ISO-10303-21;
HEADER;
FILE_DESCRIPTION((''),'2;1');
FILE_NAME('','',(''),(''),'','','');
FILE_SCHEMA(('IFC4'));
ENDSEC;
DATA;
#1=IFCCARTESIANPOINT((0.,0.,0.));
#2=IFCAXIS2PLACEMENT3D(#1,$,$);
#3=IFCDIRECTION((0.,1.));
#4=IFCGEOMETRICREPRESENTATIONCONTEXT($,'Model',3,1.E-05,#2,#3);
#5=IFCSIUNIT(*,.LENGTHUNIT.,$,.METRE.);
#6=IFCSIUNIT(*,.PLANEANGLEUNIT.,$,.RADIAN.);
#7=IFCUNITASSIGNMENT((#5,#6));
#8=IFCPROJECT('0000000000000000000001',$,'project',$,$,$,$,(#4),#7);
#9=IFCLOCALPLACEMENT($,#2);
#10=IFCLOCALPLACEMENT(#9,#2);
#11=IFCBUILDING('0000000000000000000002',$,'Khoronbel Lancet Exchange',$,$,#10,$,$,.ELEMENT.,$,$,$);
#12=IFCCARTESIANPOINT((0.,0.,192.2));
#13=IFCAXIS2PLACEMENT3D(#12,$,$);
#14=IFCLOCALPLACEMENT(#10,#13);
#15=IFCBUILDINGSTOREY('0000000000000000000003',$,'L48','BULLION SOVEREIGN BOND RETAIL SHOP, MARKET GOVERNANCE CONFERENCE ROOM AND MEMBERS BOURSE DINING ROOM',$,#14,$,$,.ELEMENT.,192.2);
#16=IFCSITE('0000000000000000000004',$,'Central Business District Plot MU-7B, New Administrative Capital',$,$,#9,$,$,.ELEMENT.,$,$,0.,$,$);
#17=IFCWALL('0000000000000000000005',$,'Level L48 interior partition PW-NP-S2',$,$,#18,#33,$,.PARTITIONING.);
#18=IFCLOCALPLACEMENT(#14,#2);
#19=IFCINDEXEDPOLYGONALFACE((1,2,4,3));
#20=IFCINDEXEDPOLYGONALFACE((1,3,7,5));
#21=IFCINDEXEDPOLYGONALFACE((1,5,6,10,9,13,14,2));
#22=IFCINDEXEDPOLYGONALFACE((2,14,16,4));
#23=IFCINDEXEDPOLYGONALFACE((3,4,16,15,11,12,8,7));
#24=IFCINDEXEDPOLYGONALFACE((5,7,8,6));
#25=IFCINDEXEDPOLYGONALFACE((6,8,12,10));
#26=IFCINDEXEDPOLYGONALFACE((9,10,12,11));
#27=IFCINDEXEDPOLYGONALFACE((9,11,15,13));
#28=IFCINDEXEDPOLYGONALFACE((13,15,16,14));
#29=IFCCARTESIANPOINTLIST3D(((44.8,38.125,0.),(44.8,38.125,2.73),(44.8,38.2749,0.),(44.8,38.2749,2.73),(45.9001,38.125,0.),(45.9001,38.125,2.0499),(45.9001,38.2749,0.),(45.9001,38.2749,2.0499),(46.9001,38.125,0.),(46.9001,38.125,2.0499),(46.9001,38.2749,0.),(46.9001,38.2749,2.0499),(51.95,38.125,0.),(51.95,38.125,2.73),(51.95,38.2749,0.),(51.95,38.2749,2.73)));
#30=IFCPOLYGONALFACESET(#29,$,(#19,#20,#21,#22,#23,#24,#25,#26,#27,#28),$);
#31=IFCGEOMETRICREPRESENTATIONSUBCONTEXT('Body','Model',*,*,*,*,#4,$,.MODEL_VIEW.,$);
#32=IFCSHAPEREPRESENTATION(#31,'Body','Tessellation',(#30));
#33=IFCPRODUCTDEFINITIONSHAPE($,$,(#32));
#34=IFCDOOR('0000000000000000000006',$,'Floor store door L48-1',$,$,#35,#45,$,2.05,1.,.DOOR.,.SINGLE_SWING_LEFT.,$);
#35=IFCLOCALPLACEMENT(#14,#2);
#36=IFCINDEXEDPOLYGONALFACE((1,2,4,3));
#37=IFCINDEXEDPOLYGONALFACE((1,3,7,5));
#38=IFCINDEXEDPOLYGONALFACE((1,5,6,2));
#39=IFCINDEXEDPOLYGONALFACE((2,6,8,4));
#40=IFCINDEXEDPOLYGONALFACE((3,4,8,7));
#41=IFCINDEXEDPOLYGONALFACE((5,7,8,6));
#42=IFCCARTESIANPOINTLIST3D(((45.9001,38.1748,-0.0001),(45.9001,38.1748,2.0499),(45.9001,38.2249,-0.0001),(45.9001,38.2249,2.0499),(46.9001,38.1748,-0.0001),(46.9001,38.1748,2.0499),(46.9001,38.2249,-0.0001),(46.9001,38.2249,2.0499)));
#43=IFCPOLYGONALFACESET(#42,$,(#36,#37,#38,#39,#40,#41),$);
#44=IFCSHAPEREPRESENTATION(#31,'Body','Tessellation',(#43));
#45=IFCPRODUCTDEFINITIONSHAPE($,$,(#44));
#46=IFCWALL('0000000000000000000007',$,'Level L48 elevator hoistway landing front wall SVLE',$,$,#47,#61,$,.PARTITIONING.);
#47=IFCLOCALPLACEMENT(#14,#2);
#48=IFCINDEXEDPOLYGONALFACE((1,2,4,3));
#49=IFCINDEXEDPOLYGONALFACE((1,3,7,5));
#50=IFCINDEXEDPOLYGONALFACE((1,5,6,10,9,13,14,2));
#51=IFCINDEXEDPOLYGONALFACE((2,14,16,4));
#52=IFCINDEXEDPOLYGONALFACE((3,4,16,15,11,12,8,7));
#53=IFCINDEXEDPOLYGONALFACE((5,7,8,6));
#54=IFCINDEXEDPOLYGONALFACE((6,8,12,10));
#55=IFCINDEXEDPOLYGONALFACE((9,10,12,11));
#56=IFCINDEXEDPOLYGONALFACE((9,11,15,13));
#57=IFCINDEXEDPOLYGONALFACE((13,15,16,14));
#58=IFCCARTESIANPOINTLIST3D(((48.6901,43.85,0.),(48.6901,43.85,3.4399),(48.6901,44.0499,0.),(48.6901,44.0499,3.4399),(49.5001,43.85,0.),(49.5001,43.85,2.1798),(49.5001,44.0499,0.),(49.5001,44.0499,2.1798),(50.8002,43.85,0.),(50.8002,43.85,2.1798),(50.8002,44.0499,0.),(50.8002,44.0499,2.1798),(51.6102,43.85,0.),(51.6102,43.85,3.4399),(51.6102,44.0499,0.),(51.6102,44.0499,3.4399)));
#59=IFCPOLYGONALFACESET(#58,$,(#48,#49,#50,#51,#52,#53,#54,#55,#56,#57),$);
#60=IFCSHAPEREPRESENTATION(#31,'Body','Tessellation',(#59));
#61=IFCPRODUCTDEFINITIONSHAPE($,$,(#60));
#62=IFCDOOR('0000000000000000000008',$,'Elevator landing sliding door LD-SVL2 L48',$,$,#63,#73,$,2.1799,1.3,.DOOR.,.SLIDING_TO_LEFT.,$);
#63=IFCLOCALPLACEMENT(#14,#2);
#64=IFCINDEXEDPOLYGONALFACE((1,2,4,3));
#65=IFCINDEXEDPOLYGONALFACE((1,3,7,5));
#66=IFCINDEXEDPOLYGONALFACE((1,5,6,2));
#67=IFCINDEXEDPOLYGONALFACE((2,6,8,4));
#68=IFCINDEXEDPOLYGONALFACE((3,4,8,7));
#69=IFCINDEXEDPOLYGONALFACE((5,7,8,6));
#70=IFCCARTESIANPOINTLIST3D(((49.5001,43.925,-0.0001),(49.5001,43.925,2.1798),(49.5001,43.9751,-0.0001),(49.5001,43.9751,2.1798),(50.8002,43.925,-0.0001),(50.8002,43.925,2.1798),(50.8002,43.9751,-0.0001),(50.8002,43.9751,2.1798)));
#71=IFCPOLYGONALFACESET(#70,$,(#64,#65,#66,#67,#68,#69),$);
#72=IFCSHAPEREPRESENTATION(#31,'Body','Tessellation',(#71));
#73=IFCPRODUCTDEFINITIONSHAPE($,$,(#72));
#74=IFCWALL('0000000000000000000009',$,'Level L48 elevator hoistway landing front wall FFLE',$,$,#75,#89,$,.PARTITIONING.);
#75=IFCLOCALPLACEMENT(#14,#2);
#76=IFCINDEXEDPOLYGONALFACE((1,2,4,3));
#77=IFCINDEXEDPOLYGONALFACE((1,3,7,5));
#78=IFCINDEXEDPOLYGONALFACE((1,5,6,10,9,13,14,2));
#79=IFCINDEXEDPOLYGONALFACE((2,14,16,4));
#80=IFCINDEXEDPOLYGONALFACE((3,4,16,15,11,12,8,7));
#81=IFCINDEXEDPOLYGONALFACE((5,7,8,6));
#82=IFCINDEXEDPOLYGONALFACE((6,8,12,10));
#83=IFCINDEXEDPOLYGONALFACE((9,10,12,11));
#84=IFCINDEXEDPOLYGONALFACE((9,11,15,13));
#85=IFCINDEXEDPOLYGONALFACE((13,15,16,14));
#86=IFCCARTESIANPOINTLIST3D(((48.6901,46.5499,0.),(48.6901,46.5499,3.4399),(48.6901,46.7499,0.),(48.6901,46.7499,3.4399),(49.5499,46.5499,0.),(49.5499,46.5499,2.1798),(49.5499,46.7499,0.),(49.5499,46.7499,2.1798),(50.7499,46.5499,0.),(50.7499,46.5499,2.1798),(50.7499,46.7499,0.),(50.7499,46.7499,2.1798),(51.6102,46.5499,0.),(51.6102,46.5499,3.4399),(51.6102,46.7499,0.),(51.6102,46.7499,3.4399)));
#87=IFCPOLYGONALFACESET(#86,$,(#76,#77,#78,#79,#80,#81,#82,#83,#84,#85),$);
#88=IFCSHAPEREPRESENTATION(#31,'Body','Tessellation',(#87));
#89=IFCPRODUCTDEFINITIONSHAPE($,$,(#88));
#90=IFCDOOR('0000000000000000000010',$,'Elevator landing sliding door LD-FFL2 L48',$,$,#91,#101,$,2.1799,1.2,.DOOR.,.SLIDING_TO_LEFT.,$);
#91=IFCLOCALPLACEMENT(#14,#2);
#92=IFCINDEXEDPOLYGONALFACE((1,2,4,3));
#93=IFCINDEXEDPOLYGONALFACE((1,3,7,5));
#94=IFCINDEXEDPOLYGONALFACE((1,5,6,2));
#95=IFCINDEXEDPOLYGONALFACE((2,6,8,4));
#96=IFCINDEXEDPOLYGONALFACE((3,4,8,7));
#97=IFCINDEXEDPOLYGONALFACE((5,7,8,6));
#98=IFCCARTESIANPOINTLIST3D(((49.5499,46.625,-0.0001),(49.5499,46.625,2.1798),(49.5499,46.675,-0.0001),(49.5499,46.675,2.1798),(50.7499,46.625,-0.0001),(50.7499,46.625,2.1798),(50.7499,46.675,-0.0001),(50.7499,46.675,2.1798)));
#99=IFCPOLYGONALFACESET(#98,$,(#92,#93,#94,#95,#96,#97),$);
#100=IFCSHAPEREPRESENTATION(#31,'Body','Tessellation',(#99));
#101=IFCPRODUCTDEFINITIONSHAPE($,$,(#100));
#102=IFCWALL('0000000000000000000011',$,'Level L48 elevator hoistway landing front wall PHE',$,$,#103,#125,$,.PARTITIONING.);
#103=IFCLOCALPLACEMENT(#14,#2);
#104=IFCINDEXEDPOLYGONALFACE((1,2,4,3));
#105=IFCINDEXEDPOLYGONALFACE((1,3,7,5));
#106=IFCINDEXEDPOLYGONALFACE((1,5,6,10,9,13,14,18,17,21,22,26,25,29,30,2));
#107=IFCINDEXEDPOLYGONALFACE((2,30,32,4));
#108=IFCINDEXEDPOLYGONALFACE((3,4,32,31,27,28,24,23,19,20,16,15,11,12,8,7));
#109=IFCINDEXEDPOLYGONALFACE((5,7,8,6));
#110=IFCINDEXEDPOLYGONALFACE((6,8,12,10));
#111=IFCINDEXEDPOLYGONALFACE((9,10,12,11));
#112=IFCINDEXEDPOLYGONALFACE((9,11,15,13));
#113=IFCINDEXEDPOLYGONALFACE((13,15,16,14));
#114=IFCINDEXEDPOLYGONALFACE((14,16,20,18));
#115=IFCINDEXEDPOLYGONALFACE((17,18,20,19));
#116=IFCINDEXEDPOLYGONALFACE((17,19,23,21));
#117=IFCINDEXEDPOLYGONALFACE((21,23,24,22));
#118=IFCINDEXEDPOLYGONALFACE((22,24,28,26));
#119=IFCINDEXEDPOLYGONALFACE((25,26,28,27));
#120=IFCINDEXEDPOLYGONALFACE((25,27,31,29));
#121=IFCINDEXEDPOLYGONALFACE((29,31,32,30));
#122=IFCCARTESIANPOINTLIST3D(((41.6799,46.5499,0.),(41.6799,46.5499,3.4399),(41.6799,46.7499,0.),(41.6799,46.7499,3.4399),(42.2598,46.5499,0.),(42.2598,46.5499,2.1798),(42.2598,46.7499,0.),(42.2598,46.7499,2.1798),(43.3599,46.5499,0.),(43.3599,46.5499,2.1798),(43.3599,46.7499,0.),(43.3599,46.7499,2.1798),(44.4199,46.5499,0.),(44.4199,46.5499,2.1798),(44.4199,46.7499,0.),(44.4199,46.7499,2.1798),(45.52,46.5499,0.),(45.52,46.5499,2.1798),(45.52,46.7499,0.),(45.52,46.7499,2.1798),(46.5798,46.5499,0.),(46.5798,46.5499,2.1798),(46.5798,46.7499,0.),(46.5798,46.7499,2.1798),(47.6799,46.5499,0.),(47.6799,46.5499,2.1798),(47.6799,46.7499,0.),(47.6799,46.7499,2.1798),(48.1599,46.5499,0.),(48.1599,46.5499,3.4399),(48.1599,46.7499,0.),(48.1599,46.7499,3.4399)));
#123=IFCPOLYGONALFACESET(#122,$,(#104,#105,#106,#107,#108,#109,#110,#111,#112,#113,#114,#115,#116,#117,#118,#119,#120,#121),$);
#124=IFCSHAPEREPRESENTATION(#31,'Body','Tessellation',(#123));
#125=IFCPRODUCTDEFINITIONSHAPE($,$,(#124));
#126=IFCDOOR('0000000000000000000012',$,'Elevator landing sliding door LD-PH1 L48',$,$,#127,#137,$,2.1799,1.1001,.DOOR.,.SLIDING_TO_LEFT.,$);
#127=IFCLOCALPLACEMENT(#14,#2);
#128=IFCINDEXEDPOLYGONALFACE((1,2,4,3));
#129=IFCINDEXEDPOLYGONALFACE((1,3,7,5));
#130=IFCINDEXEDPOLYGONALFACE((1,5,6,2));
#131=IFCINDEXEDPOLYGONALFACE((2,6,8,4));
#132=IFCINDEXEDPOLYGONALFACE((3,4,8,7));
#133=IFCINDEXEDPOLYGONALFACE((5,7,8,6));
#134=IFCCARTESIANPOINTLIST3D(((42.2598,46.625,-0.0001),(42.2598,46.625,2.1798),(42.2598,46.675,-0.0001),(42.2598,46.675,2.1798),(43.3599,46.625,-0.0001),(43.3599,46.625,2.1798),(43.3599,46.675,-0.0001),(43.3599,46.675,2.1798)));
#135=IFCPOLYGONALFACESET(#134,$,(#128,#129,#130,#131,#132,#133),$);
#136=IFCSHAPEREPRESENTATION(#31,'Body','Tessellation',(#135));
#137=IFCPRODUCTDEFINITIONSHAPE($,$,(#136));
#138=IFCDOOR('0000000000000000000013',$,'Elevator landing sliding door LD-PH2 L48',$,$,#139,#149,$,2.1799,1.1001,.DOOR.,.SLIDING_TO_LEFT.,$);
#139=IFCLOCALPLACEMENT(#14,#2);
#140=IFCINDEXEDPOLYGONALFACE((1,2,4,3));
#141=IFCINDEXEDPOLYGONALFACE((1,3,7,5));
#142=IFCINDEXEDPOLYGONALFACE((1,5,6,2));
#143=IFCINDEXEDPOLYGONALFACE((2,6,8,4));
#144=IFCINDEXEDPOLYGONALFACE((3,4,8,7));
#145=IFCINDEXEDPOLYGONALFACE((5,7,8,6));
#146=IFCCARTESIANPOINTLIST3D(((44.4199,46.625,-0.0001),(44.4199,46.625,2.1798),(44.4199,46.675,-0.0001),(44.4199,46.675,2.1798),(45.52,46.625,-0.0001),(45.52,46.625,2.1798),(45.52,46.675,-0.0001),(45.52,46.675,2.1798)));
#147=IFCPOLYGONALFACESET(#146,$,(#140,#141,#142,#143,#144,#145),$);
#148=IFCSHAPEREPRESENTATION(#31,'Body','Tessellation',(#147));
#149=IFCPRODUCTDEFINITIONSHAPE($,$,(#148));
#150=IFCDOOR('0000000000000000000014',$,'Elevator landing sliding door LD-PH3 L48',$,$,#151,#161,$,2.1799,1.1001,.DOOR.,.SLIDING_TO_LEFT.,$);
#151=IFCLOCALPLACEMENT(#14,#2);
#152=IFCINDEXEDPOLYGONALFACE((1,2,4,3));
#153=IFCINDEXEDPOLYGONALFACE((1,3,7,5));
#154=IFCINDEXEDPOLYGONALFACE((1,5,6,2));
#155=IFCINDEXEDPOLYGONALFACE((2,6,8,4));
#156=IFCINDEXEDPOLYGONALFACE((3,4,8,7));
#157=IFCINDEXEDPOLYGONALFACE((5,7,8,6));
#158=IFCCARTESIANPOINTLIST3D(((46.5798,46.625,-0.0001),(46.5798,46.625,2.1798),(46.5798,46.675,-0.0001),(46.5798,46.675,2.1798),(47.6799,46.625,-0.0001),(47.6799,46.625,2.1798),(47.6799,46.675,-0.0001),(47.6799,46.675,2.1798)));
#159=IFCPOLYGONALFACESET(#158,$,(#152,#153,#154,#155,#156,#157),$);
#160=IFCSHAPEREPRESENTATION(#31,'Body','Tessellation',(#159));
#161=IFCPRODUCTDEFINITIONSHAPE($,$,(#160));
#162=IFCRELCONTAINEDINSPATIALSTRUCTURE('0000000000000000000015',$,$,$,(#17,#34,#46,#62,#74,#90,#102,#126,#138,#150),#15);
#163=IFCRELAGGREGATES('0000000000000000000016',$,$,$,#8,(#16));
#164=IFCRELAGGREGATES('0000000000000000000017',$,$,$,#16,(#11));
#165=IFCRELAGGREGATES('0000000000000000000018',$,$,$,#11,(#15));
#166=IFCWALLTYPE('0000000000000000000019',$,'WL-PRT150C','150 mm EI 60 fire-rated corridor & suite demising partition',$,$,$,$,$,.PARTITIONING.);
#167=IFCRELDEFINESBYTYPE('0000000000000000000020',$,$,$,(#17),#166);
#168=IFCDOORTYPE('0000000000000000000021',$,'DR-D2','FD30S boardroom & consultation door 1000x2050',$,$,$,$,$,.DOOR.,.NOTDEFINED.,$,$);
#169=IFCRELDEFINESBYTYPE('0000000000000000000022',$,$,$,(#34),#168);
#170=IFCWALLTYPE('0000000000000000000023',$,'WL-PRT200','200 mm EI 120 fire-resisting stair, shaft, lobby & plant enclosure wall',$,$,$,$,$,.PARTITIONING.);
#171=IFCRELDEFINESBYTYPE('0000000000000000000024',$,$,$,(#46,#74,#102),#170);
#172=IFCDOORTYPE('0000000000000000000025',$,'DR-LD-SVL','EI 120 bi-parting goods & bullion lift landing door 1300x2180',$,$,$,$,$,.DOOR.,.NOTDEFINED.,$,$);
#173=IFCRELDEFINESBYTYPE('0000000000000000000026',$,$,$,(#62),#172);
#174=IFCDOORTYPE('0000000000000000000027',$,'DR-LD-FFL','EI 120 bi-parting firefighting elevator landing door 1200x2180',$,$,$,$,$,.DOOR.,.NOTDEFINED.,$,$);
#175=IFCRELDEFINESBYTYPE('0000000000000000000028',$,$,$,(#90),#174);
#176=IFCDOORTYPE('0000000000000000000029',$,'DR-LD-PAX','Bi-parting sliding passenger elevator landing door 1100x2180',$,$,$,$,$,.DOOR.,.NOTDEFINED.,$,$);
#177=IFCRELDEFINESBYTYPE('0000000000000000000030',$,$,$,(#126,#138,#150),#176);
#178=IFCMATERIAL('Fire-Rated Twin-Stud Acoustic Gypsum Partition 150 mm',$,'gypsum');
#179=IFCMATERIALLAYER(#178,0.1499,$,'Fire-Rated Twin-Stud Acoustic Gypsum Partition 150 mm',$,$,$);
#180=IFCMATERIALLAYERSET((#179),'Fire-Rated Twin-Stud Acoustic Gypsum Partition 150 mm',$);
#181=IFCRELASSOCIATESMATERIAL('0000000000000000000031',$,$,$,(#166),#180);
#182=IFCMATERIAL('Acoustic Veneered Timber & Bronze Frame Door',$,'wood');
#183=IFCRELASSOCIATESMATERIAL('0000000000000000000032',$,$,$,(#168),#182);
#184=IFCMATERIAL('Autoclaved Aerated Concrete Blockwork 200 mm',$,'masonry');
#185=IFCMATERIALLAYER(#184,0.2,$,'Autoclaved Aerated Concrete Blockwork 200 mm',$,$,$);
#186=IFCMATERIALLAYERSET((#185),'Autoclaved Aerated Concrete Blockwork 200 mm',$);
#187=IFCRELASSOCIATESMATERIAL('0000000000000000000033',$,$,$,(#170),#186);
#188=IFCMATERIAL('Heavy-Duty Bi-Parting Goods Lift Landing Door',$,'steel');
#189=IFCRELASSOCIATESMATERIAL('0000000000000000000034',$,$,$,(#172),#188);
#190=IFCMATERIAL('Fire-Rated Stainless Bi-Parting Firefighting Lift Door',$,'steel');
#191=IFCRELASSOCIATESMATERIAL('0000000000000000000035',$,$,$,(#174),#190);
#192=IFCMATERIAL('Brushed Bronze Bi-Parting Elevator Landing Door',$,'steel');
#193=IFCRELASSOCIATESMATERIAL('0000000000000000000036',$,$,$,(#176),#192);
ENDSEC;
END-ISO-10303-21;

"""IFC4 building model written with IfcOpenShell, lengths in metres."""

from ifc_helpers import new_model, si_unit, direction, frame, frame_2d, origin, place, context, subcontext, project, spatial, rectangle, extrude, material, layer, layer_set, type_object, element, fill, save


model = new_model("IFC4")

# Units and contexts
model_context = context("Model", 3, precision=1e-05, world=origin(), true_north=direction((0.0, 1.0)))
body_context = subcontext(model_context, "Body", "Model", "MODEL_VIEW")
ifc_project = project(units=[si_unit("LENGTHUNIT", "METRE"), si_unit("PLANEANGLEUNIT", "RADIAN")], contexts=[model_context])

# Site, building, storey
site_placement = place(None, origin())
site = spatial("IfcSite", under=ifc_project, at=site_placement, Name="Central Business District Plot MU-7B, New Administrative Capital", CompositionType="ELEMENT", RefElevation=0.0)
building_placement = place(site_placement, origin())
building = spatial("IfcBuilding", under=site, at=building_placement, Name="Khoronbel Lancet Exchange", CompositionType="ELEMENT")
storey_placement = place(building_placement, frame((0.0, 0.0, 192.2)))
storey = spatial("IfcBuildingStorey", under=building, at=storey_placement, Name="L48", Description="BULLION SOVEREIGN BOND RETAIL SHOP, MARKET GOVERNANCE CONFERENCE ROOM AND MEMBERS BOURSE DINING ROOM", CompositionType="ELEMENT", Elevation=192.2)

# Walls, openings, doors
ifc_material_1 = material(Name="Fire-Rated Twin-Stud Acoustic Gypsum Partition 150 mm", Category="gypsum")
ifc_layer_1 = layer(ifc_material_1, 0.1499, Name="Fire-Rated Twin-Stud Acoustic Gypsum Partition 150 mm")
ifc_layer_set_1 = layer_set([ifc_layer_1], Name="Fire-Rated Twin-Stud Acoustic Gypsum Partition 150 mm")
wall_type_1 = type_object("IfcWallType", Name="WL-PRT150C", Description="150 mm EI 60 fire-rated corridor & suite demising partition", PredefinedType="PARTITIONING", material=ifc_layer_set_1)
wall_1_placement = place(storey_placement, frame((44.8, 38.2, 0.0), z_axis=(0.0, 0.0, 1.0), x_axis=(1.0, 0.0, 0.0)))
wall_1 = element("IfcWall", 1, at=wall_1_placement, inside=storey, type_object=wall_type_1, Name="Level L48 interior partition PW-NP-S2", PredefinedType="PARTITIONING", context=body_context, shape_type="SweptSolid", body=[
    extrude(rectangle(XDim=7.1499, YDim=0.1499, at=frame_2d((3.575, 0.0))), origin(), (0.0, 0.0, 1.0), 2.73),
])
opening_1_placement = place(wall_1_placement, frame((1.1001, 0.0, 0.0)))
opening_1 = element("IfcOpeningElement", 2, at=opening_1_placement, cuts=wall_1, PredefinedType="OPENING", context=body_context, shape_type="SweptSolid", body=[
    extrude(rectangle(XDim=1.0, YDim=2.05, at=frame_2d((0.5, 1.0249))), frame((0.0, 0.085, 0.0), z_axis=(0.0, -1.0, 0.0), x_axis=(1.0, 0.0, 0.0)), (0.0, 0.0, 1.0), 0.1699),
])
ifc_material_2 = material(Name="Acoustic Veneered Timber & Bronze Frame Door", Category="wood")
door_type_1 = type_object("IfcDoorType", Name="DR-D2", Description="FD30S boardroom & consultation door 1000x2050", OperationType="NOTDEFINED", PredefinedType="DOOR", material=ifc_material_2)
door_1_placement = place(opening_1_placement, origin())
door_1 = element("IfcDoor", 3, at=door_1_placement, inside=storey, type_object=door_type_1, Name="Floor store door L48-1", OperationType="SINGLE_SWING_LEFT", OverallHeight=2.05, OverallWidth=1.0, PredefinedType="DOOR", context=body_context, shape_type="SweptSolid", body=[
    extrude(rectangle(XDim=1.0, YDim=2.05, at=frame_2d((0.5, 1.0249))), frame((0.0, 0.0249, 0.0), z_axis=(0.0, -1.0, 0.0), x_axis=(1.0, 0.0, 0.0)), (0.0, 0.0, 1.0), 0.05),
])
fill(opening_1, door_1)
ifc_material_3 = material(Name="Autoclaved Aerated Concrete Blockwork 200 mm", Category="masonry")
ifc_layer_2 = layer(ifc_material_3, 0.2, Name="Autoclaved Aerated Concrete Blockwork 200 mm")
ifc_layer_set_2 = layer_set([ifc_layer_2], Name="Autoclaved Aerated Concrete Blockwork 200 mm")
wall_type_2 = type_object("IfcWallType", Name="WL-PRT200", Description="200 mm EI 120 fire-resisting stair, shaft, lobby & plant enclosure wall", PredefinedType="PARTITIONING", material=ifc_layer_set_2)
wall_2_placement = place(storey_placement, frame((51.6101, 43.95, 0.0), z_axis=(0.0, 0.0, 1.0), x_axis=(-1.0, 0.0, 0.0)))
wall_2 = element("IfcWall", 4, at=wall_2_placement, inside=storey, type_object=wall_type_2, Name="Level L48 elevator hoistway landing front wall SVLE", PredefinedType="PARTITIONING", context=body_context, shape_type="SweptSolid", body=[
    extrude(rectangle(XDim=2.9202, YDim=0.2, at=frame_2d((1.46, 0.0))), origin(), (0.0, 0.0, 1.0), 3.4399),
])
opening_2_placement = place(wall_2_placement, frame((0.8101, 0.0, 0.0)))
opening_2 = element("IfcOpeningElement", 5, at=opening_2_placement, cuts=wall_2, PredefinedType="OPENING", context=body_context, shape_type="SweptSolid", body=[
    extrude(rectangle(XDim=1.3, YDim=2.1799, at=frame_2d((0.6499, 1.0898))), frame((0.0, 0.1099, 0.0), z_axis=(0.0, -1.0, 0.0), x_axis=(1.0, 0.0, 0.0)), (0.0, 0.0, 1.0), 0.22),
])
ifc_material_4 = material(Name="Heavy-Duty Bi-Parting Goods Lift Landing Door", Category="steel")
door_type_2 = type_object("IfcDoorType", Name="DR-LD-SVL", Description="EI 120 bi-parting goods & bullion lift landing door 1300x2180", OperationType="NOTDEFINED", PredefinedType="DOOR", material=ifc_material_4)
door_2_placement = place(opening_2_placement, origin())
door_2 = element("IfcDoor", 6, at=door_2_placement, inside=storey, type_object=door_type_2, Name="Elevator landing sliding door LD-SVL2 L48", OperationType="SLIDING_TO_LEFT", OverallHeight=2.1799, OverallWidth=1.3, PredefinedType="DOOR", context=body_context, shape_type="SweptSolid", body=[
    extrude(rectangle(XDim=1.3, YDim=2.1799, at=frame_2d((0.6499, 1.0898))), frame((0.0, 0.0249, 0.0), z_axis=(0.0, -1.0, 0.0), x_axis=(1.0, 0.0, 0.0)), (0.0, 0.0, 1.0), 0.05),
])
fill(opening_2, door_2)
wall_3_placement = place(storey_placement, frame((51.6101, 46.6499, 0.0), z_axis=(0.0, 0.0, 1.0), x_axis=(-1.0, 0.0, 0.0)))
wall_3 = element("IfcWall", 7, at=wall_3_placement, inside=storey, type_object=wall_type_2, Name="Level L48 elevator hoistway landing front wall FFLE", PredefinedType="PARTITIONING", context=body_context, shape_type="SweptSolid", body=[
    extrude(rectangle(XDim=2.9202, YDim=0.2, at=frame_2d((1.46, 0.0))), origin(), (0.0, 0.0, 1.0), 3.4399),
])
opening_3_placement = place(wall_3_placement, frame((0.8601, 0.0, 0.0)))
opening_3 = element("IfcOpeningElement", 8, at=opening_3_placement, cuts=wall_3, PredefinedType="OPENING", context=body_context, shape_type="SweptSolid", body=[
    extrude(rectangle(XDim=1.2, YDim=2.1799, at=frame_2d((0.6001, 1.0898))), frame((0.0, 0.1099, 0.0), z_axis=(0.0, -1.0, 0.0), x_axis=(1.0, 0.0, 0.0)), (0.0, 0.0, 1.0), 0.22),
])
ifc_material_5 = material(Name="Fire-Rated Stainless Bi-Parting Firefighting Lift Door", Category="steel")
door_type_3 = type_object("IfcDoorType", Name="DR-LD-FFL", Description="EI 120 bi-parting firefighting elevator landing door 1200x2180", OperationType="NOTDEFINED", PredefinedType="DOOR", material=ifc_material_5)
door_3_placement = place(opening_3_placement, origin())
door_3 = element("IfcDoor", 9, at=door_3_placement, inside=storey, type_object=door_type_3, Name="Elevator landing sliding door LD-FFL2 L48", OperationType="SLIDING_TO_LEFT", OverallHeight=2.1799, OverallWidth=1.2, PredefinedType="DOOR", context=body_context, shape_type="SweptSolid", body=[
    extrude(rectangle(XDim=1.2, YDim=2.1799, at=frame_2d((0.6001, 1.0898))), frame((0.0, 0.0249, 0.0), z_axis=(0.0, -1.0, 0.0), x_axis=(1.0, 0.0, 0.0)), (0.0, 0.0, 1.0), 0.05),
])
fill(opening_3, door_3)

# Wall, openings, doors
wall_4_placement = place(storey_placement, frame((48.1599, 46.6499, 0.0), z_axis=(0.0, 0.0, 1.0), x_axis=(-1.0, 0.0, 0.0)))
wall_4 = element("IfcWall", 10, at=wall_4_placement, inside=storey, type_object=wall_type_2, Name="Level L48 elevator hoistway landing front wall PHE", PredefinedType="PARTITIONING", context=body_context, shape_type="SweptSolid", body=[
    extrude(rectangle(XDim=6.48, YDim=0.2, at=frame_2d((3.24, 0.0))), origin(), (0.0, 0.0, 1.0), 3.4399),
])
opening_4_placement = place(wall_4_placement, frame((4.8, 0.0, 0.0)))
opening_4 = element("IfcOpeningElement", 11, at=opening_4_placement, cuts=wall_4, PredefinedType="OPENING", context=body_context, shape_type="SweptSolid", body=[
    extrude(rectangle(XDim=1.1001, YDim=2.1799, at=frame_2d((0.55, 1.0898))), frame((0.0, 0.1099, 0.0), z_axis=(0.0, -1.0, 0.0), x_axis=(1.0, 0.0, 0.0)), (0.0, 0.0, 1.0), 0.22),
])
opening_5_placement = place(wall_4_placement, frame((2.6399, 0.0, 0.0)))
opening_5 = element("IfcOpeningElement", 12, at=opening_5_placement, cuts=wall_4, PredefinedType="OPENING", context=body_context, shape_type="SweptSolid", body=[
    extrude(rectangle(XDim=1.1001, YDim=2.1799, at=frame_2d((0.55, 1.0898))), frame((0.0, 0.1099, 0.0), z_axis=(0.0, -1.0, 0.0), x_axis=(1.0, 0.0, 0.0)), (0.0, 0.0, 1.0), 0.22),
])
opening_6_placement = place(wall_4_placement, frame((0.48, 0.0, 0.0)))
opening_6 = element("IfcOpeningElement", 13, at=opening_6_placement, cuts=wall_4, PredefinedType="OPENING", context=body_context, shape_type="SweptSolid", body=[
    extrude(rectangle(XDim=1.1001, YDim=2.1799, at=frame_2d((0.55, 1.0898))), frame((0.0, 0.1099, 0.0), z_axis=(0.0, -1.0, 0.0), x_axis=(1.0, 0.0, 0.0)), (0.0, 0.0, 1.0), 0.22),
])
ifc_material_6 = material(Name="Brushed Bronze Bi-Parting Elevator Landing Door", Category="steel")
door_type_4 = type_object("IfcDoorType", Name="DR-LD-PAX", Description="Bi-parting sliding passenger elevator landing door 1100x2180", OperationType="NOTDEFINED", PredefinedType="DOOR", material=ifc_material_6)
door_4_placement = place(opening_4_placement, origin())
door_4 = element("IfcDoor", 14, at=door_4_placement, inside=storey, type_object=door_type_4, Name="Elevator landing sliding door LD-PH1 L48", OperationType="SLIDING_TO_LEFT", OverallHeight=2.1799, OverallWidth=1.1001, PredefinedType="DOOR", context=body_context, shape_type="SweptSolid", body=[
    extrude(rectangle(XDim=1.1001, YDim=2.1799, at=frame_2d((0.55, 1.0898))), frame((0.0, 0.0249, 0.0), z_axis=(0.0, -1.0, 0.0), x_axis=(1.0, 0.0, 0.0)), (0.0, 0.0, 1.0), 0.05),
])
fill(opening_4, door_4)
door_5_placement = place(opening_5_placement, origin())
door_5 = element("IfcDoor", 15, at=door_5_placement, inside=storey, type_object=door_type_4, Name="Elevator landing sliding door LD-PH2 L48", OperationType="SLIDING_TO_LEFT", OverallHeight=2.1799, OverallWidth=1.1001, PredefinedType="DOOR", context=body_context, shape_type="SweptSolid", body=[
    extrude(rectangle(XDim=1.1001, YDim=2.1799, at=frame_2d((0.55, 1.0898))), frame((0.0, 0.0249, 0.0), z_axis=(0.0, -1.0, 0.0), x_axis=(1.0, 0.0, 0.0)), (0.0, 0.0, 1.0), 0.05),
])
fill(opening_5, door_5)
door_6_placement = place(opening_6_placement, origin())
door_6 = element("IfcDoor", 16, at=door_6_placement, inside=storey, type_object=door_type_4, Name="Elevator landing sliding door LD-PH3 L48", OperationType="SLIDING_TO_LEFT", OverallHeight=2.1799, OverallWidth=1.1001, PredefinedType="DOOR", context=body_context, shape_type="SweptSolid", body=[
    extrude(rectangle(XDim=1.1001, YDim=2.1799, at=frame_2d((0.55, 1.0898))), frame((0.0, 0.0249, 0.0), z_axis=(0.0, -1.0, 0.0), x_axis=(1.0, 0.0, 0.0)), (0.0, 0.0, 1.0), 0.05),
])
fill(opening_6, door_6)

save(model, "model.ifc")
